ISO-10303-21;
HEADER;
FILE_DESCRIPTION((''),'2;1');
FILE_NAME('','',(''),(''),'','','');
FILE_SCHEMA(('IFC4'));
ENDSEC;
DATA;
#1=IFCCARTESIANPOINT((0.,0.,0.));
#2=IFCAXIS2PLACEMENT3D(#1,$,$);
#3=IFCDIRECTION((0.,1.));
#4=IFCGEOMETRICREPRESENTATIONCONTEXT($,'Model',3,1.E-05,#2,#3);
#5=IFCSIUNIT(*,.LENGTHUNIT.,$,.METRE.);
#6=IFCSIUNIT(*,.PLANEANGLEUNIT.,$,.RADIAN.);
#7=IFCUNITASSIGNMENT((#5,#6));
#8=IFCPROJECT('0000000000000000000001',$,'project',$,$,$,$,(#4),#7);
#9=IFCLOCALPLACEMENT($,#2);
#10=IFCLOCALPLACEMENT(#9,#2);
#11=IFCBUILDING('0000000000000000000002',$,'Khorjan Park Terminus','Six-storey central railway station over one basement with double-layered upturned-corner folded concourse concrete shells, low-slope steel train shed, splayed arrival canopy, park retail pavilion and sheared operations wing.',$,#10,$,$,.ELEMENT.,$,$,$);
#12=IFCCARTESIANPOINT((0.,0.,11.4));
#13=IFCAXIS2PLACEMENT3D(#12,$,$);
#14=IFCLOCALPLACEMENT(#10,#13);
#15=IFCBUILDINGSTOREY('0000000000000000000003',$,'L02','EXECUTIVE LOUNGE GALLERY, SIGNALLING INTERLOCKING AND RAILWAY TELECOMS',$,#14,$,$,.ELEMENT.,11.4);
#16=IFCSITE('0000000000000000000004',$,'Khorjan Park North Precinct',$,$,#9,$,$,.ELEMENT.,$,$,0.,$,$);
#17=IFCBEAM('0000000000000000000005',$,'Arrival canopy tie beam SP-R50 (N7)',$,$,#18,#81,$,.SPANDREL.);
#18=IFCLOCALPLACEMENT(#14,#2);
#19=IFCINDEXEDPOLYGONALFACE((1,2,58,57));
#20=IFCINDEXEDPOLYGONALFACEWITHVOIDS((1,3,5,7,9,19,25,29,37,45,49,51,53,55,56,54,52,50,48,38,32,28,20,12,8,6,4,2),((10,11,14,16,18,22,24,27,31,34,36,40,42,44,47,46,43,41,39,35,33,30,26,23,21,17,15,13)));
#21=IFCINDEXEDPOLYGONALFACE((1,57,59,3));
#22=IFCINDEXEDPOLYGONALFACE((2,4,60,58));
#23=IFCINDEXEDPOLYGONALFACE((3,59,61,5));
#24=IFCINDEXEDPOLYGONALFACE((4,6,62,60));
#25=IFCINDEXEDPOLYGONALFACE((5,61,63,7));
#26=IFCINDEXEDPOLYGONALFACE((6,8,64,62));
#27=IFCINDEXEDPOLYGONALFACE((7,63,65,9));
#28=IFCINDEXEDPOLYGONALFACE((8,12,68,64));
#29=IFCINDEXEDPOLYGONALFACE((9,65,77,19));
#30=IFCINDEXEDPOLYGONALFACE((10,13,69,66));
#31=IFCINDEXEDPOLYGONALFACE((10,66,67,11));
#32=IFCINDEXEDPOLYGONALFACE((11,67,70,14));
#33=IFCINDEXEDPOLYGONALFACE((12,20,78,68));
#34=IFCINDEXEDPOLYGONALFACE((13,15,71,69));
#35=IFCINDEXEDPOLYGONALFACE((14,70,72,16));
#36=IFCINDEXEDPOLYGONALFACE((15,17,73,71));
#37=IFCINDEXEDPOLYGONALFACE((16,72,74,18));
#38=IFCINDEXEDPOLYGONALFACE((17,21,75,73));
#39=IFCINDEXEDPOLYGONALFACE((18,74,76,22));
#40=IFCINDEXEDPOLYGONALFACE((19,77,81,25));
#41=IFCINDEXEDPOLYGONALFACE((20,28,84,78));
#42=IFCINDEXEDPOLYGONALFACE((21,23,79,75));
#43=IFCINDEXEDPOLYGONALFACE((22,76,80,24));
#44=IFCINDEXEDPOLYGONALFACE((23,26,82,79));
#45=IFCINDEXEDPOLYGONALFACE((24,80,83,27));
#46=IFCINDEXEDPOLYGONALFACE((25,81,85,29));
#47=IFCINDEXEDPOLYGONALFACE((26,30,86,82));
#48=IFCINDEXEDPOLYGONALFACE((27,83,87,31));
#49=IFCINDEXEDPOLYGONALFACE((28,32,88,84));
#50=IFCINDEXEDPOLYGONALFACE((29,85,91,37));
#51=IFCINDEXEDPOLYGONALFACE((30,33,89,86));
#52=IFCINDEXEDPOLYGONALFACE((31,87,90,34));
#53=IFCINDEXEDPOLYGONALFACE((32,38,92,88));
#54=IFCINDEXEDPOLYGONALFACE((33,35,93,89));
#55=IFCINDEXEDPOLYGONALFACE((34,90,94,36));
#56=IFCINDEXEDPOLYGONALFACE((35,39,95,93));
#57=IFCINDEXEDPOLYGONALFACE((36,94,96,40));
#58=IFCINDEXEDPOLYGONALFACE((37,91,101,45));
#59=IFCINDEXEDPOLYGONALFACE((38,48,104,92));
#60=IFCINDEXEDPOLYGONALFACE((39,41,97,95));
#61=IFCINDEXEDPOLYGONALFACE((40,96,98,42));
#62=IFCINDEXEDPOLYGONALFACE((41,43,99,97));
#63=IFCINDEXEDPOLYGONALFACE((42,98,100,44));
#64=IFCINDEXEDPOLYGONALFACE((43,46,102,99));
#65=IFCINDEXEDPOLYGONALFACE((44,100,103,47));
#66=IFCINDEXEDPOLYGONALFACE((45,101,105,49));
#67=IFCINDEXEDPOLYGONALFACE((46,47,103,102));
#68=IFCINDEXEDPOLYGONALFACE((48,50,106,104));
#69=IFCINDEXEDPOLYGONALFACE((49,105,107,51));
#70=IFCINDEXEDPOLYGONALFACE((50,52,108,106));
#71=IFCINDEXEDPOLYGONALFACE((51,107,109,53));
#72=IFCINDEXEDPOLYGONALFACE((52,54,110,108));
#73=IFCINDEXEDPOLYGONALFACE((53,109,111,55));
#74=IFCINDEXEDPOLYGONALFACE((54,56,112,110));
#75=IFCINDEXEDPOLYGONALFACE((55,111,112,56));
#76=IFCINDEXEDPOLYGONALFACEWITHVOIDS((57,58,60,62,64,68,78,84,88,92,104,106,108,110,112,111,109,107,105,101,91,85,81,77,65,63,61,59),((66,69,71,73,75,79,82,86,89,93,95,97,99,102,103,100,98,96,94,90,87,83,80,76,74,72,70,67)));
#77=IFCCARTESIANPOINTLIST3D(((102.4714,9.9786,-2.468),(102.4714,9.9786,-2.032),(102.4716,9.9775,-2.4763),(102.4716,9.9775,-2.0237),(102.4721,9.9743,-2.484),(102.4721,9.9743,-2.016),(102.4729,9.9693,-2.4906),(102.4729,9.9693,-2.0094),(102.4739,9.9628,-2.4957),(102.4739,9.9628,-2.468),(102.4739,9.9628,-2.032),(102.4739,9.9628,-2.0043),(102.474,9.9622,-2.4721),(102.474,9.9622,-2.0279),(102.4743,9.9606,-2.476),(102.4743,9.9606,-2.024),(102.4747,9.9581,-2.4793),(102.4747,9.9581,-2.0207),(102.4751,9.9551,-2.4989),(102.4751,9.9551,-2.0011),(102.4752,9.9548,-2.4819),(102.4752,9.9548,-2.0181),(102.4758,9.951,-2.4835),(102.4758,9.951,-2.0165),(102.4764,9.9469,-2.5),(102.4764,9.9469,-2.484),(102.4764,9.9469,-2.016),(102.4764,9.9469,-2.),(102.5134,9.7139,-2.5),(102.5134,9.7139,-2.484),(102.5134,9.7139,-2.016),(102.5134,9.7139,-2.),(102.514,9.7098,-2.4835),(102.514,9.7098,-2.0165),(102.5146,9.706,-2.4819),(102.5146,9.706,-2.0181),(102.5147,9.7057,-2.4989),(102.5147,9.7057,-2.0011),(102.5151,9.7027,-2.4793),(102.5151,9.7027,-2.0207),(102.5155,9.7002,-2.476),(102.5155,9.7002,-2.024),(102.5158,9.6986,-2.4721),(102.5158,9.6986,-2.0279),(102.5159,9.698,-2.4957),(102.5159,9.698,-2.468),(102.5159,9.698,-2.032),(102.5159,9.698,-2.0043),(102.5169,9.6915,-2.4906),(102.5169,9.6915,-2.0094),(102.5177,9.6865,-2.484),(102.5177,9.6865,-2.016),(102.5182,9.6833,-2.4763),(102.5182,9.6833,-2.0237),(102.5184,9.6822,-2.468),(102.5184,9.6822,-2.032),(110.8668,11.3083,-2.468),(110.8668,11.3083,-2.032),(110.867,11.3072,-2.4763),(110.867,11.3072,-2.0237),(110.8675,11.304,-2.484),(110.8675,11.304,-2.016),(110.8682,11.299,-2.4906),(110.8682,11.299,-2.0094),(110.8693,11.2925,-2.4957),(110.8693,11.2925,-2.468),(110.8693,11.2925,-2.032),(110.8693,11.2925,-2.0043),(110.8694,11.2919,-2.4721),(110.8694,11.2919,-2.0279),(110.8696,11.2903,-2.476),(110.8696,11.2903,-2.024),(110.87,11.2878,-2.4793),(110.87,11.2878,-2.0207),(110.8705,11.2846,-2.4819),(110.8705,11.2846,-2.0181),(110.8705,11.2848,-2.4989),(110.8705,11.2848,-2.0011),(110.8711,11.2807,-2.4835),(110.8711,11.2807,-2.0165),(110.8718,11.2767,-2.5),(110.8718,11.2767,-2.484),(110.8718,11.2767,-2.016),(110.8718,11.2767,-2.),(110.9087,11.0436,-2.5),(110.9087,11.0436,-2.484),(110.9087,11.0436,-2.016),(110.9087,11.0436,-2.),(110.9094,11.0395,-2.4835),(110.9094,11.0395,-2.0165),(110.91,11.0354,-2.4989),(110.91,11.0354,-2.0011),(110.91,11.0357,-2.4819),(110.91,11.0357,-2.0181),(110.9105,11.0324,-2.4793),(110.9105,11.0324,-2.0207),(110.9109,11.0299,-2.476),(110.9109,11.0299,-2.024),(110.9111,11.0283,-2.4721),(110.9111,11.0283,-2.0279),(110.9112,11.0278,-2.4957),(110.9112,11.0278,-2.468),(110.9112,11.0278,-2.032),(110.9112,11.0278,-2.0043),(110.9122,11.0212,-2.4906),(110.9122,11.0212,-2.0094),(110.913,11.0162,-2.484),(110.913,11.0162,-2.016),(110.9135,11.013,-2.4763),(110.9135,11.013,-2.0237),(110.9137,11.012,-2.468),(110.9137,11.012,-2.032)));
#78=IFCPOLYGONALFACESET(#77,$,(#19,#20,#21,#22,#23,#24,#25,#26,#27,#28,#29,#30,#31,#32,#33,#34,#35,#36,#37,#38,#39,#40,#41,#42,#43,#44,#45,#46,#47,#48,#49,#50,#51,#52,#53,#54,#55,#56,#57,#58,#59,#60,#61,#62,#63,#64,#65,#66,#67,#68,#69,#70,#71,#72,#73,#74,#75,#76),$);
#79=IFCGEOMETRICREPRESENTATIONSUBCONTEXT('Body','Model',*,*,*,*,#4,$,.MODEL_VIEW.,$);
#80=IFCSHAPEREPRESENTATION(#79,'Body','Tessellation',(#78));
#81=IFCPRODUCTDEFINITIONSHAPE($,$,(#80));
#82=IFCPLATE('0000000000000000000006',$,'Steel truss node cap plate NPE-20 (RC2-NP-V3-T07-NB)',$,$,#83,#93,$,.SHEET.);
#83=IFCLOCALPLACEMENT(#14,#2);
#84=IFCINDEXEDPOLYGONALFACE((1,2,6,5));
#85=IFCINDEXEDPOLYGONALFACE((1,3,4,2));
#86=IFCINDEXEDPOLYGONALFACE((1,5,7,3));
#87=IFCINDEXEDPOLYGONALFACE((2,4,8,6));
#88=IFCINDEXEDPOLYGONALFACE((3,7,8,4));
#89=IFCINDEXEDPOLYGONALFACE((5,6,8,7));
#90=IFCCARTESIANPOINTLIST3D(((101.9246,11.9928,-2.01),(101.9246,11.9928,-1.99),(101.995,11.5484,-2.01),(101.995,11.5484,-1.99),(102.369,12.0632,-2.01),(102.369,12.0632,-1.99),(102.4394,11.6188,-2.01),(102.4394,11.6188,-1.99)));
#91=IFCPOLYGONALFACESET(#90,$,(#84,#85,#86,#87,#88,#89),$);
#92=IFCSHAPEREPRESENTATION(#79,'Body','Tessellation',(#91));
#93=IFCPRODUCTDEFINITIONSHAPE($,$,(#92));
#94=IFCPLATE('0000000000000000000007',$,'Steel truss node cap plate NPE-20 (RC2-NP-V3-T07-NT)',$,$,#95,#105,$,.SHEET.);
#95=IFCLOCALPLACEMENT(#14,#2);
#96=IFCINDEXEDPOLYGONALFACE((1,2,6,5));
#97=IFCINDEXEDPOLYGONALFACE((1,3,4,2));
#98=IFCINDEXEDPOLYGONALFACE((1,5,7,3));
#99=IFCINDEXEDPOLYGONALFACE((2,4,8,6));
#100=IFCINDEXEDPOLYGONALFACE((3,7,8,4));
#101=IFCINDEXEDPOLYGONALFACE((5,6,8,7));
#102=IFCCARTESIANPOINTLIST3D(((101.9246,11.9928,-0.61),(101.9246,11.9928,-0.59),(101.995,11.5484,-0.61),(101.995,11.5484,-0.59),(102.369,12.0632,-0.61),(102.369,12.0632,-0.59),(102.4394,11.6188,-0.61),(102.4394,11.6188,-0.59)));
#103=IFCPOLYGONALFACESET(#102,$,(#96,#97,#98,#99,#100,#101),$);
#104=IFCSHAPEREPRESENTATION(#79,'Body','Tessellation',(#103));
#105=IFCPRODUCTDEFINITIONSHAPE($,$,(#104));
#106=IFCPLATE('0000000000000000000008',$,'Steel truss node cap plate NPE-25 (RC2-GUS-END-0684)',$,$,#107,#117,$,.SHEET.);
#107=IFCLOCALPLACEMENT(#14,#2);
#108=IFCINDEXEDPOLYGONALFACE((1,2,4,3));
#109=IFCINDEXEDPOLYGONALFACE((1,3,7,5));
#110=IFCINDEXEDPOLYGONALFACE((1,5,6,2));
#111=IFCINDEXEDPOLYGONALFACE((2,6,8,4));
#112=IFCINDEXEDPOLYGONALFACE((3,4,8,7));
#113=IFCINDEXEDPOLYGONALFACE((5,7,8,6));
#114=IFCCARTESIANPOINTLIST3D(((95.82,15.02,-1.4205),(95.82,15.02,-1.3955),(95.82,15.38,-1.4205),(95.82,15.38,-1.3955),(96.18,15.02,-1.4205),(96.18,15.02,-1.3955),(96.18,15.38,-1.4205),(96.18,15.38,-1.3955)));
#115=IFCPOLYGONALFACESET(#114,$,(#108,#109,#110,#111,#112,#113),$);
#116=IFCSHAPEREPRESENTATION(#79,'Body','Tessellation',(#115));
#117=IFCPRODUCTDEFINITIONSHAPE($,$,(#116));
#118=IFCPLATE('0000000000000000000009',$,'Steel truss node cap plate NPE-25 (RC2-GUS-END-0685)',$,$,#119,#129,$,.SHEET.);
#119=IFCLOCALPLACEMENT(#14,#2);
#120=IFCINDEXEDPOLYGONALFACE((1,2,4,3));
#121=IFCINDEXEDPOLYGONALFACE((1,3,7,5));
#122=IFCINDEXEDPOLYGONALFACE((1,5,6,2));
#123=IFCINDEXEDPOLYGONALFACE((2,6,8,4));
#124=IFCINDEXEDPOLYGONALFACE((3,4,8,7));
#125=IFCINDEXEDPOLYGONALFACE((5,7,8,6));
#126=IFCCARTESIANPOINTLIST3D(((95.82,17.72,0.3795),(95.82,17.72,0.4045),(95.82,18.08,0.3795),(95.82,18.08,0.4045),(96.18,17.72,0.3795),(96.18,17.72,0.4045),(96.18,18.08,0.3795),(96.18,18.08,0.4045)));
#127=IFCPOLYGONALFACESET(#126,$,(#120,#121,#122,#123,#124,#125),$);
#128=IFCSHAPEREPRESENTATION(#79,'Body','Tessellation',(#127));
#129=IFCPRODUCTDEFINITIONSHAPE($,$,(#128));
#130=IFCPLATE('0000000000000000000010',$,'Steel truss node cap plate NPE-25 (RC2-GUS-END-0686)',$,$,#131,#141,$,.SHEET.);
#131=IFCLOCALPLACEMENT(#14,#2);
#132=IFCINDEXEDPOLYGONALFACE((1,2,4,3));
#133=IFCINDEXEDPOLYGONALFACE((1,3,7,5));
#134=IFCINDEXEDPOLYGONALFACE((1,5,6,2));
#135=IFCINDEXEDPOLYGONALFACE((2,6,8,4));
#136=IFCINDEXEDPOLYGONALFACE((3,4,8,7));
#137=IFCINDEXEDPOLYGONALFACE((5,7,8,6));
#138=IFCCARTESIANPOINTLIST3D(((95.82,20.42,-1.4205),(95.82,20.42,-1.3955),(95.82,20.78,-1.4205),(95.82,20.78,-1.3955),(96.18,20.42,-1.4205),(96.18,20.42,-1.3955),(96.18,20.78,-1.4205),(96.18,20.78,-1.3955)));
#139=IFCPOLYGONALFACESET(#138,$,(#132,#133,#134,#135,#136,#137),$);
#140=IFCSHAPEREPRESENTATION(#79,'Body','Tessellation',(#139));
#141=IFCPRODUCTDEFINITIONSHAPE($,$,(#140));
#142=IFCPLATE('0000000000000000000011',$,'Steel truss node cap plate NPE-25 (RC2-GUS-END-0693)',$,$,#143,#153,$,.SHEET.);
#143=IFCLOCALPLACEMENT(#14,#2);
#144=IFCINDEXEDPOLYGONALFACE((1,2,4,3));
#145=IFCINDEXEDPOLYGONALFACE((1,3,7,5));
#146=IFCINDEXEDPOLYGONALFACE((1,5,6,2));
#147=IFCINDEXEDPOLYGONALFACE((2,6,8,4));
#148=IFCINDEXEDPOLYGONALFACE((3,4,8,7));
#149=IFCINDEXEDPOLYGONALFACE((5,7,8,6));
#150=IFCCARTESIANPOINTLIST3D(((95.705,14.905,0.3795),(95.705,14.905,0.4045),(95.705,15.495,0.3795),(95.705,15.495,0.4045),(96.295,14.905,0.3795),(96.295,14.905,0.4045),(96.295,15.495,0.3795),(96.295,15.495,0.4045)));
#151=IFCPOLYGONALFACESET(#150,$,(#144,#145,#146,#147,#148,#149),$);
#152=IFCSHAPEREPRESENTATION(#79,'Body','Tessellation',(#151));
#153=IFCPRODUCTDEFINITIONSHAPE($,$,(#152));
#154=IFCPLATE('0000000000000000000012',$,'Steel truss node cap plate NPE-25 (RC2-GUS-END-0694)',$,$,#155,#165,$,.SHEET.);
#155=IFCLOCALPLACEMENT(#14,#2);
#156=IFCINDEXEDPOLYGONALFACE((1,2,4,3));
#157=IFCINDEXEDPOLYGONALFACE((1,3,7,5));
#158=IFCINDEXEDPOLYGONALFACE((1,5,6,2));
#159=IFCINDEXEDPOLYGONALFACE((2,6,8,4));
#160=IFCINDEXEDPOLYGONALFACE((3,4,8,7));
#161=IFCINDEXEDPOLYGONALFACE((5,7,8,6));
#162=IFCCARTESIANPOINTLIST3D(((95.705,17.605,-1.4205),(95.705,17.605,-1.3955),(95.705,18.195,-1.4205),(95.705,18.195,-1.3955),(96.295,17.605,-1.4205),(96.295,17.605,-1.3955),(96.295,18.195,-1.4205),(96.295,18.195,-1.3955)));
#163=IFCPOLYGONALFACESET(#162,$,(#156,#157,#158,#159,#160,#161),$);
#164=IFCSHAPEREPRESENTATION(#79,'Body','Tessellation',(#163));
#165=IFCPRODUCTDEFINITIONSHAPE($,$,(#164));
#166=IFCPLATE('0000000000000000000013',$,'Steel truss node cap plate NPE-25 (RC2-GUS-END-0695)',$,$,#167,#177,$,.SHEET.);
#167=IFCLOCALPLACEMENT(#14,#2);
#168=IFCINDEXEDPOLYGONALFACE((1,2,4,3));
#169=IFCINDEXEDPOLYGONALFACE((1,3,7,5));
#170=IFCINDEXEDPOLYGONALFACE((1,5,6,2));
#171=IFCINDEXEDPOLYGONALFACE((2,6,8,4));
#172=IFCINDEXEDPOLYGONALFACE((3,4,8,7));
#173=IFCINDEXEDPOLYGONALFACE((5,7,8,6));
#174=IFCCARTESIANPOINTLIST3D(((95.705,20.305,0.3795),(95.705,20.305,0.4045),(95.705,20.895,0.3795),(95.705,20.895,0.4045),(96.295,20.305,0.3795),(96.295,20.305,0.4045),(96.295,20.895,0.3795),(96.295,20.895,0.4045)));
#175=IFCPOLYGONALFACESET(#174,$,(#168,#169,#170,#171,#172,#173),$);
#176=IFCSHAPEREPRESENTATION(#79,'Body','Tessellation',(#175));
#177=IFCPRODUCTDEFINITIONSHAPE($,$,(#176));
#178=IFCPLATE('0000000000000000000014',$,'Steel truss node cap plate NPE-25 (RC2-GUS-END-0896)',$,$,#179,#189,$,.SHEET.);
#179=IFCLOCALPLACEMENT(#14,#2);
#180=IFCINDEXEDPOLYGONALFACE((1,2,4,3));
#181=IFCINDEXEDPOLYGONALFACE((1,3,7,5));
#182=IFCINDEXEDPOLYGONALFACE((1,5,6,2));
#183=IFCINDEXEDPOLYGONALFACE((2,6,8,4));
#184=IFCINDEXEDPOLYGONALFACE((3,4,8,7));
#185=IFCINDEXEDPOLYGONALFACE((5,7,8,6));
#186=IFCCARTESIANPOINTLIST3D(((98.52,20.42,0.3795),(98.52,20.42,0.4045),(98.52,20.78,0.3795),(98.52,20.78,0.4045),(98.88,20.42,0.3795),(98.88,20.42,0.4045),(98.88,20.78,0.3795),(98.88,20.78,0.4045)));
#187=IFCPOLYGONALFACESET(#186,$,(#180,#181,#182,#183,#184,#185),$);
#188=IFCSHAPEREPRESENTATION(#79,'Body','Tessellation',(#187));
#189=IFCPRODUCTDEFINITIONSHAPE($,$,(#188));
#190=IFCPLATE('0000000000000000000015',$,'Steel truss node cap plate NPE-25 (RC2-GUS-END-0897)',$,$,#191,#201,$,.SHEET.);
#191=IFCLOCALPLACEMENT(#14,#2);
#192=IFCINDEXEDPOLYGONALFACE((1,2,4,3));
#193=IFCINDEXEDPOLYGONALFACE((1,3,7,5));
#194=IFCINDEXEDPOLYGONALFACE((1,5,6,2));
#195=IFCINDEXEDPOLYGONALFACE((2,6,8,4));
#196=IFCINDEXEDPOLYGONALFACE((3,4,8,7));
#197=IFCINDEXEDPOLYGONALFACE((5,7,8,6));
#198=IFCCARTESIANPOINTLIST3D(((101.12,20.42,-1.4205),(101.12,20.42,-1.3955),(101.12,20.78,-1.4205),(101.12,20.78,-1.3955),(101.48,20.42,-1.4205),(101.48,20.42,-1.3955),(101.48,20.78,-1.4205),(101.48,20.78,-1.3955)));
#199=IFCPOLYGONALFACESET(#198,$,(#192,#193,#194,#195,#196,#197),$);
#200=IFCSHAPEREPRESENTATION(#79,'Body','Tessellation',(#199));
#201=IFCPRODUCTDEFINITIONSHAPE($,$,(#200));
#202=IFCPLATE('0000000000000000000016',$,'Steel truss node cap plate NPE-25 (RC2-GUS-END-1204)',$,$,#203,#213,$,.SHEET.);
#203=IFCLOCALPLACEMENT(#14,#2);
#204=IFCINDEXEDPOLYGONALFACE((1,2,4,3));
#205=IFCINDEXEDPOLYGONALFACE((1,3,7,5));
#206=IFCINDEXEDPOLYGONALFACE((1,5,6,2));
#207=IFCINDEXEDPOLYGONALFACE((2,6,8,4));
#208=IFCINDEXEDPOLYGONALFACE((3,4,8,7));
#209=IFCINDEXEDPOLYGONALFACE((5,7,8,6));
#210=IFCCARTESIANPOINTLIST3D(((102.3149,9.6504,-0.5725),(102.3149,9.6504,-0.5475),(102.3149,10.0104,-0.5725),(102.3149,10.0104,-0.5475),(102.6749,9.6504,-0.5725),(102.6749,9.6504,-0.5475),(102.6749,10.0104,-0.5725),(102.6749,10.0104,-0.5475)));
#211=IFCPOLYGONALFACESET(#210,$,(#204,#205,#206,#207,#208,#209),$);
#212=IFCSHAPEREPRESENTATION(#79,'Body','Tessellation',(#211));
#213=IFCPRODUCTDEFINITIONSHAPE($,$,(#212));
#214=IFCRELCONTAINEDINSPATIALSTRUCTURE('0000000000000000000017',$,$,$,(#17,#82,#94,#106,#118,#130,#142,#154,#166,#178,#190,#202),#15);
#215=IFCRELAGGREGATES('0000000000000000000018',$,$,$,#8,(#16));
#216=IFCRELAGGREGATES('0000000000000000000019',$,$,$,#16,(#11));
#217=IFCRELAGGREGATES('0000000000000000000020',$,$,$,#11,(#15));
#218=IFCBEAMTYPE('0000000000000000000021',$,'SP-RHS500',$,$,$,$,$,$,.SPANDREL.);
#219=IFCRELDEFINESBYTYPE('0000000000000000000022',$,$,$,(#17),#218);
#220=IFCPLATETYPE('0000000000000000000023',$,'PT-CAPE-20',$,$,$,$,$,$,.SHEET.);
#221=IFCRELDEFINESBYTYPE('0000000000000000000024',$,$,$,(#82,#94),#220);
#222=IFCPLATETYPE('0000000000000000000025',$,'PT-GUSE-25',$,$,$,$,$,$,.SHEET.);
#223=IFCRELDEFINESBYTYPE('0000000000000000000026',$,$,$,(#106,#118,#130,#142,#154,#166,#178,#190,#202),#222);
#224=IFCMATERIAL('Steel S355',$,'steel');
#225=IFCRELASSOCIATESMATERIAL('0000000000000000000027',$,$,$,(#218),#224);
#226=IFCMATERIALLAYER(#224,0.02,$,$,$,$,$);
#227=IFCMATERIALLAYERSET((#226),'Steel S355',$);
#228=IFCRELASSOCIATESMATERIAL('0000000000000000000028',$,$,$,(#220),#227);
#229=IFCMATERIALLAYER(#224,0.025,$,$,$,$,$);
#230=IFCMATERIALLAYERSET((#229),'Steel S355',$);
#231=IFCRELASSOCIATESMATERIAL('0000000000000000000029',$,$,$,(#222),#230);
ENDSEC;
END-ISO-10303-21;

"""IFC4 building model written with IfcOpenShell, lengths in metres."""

from ifc_helpers import new_model, si_unit, direction, frame, origin, origin_2d, place, context, subcontext, project, spatial, rectangle, hollow_rectangle, extrude, material, layer, layer_set, material_profile, profile_set, type_object, element, save


model = new_model("IFC4")

# Units and contexts
model_context = context("Model", 3, precision=1e-05, world=origin(), true_north=direction((0.0, 1.0)))
body_context = subcontext(model_context, "Body", "Model", "MODEL_VIEW")
ifc_project = project(units=[si_unit("LENGTHUNIT", "METRE"), si_unit("PLANEANGLEUNIT", "RADIAN")], contexts=[model_context])

# Site, building, storey
site_placement = place(None, origin())
site = spatial("IfcSite", under=ifc_project, at=site_placement, Name="Khorjan Park North Precinct", CompositionType="ELEMENT", RefElevation=0.0)
building_placement = place(site_placement, origin())
building = spatial("IfcBuilding", under=site, at=building_placement, Name="Khorjan Park Terminus", Description="Six-storey central railway station over one basement with double-layered upturned-corner folded concourse concrete shells, low-slope steel train shed, splayed arrival canopy, park retail pavilion and sheared operations wing.", CompositionType="ELEMENT")
storey_placement = place(building_placement, frame((0.0, 0.0, 11.4)))
storey = spatial("IfcBuildingStorey", under=building, at=storey_placement, Name="L02", Description="EXECUTIVE LOUNGE GALLERY, SIGNALLING INTERLOCKING AND RAILWAY TELECOMS", CompositionType="ELEMENT", Elevation=11.4)

# Shared definitions
ifc_material_1 = material(Name="Steel S355", Category="steel")

# Beam
ifc_material_profile_1 = material_profile(ifc_material_1, hollow_rectangle(XDim=0.3, YDim=0.5, WallThickness=0.016, InnerFilletRadius=0.016, OuterFilletRadius=0.032, at=origin_2d()), Name="RHS 500x300x16")
ifc_profile_set_1 = profile_set([ifc_material_profile_1], Name="Steel S355")
beam_type_1 = type_object("IfcBeamType", Name="SP-RHS500", PredefinedType="SPANDREL", material=ifc_profile_set_1)
beam_1_placement = place(storey_placement, frame((102.4949, 9.8304, -2.25), z_axis=(0.987688, 0.156436, 0.0), x_axis=(-0.156436, 0.987688, 0.0)))
element("IfcBeam", 1, at=beam_1_placement, inside=storey, type_object=beam_type_1, Name="Arrival canopy tie beam SP-R50 (N7)", PredefinedType="SPANDREL", context=body_context, shape_type="SweptSolid", body=[
    extrude(hollow_rectangle(XDim=0.3, YDim=0.5, WallThickness=0.016, InnerFilletRadius=0.016, OuterFilletRadius=0.032, at=origin_2d()), origin(), (0.0, 0.0, 1.0), 8.5),
])

# Plates
ifc_layer_1 = layer(ifc_material_1, 0.02)
ifc_layer_set_1 = layer_set([ifc_layer_1], Name="Steel S355")
plate_type_1 = type_object("IfcPlateType", Name="PT-CAPE-20", PredefinedType="SHEET", material=ifc_layer_set_1)
for number, where, z_axis, x_axis, name in (
    (2, (102.182, 11.8058, -2.01), (0.0, 0.0, 1.0), (0.987688, 0.156434, 0.0), "Steel truss node cap plate NPE-20 (RC2-NP-V3-T07-NB)"),
    (3, (102.182, 11.8058, -0.61), (0.0, 0.0, 1.0), (0.987688, 0.156434, 0.0), "Steel truss node cap plate NPE-20 (RC2-NP-V3-T07-NT)"),
):
    element("IfcPlate", number, at=place(storey_placement, frame(where, z_axis=z_axis, x_axis=x_axis)), inside=storey, type_object=plate_type_1, Name=name, PredefinedType="SHEET", context=body_context, shape_type="SweptSolid", body=[
        extrude(rectangle(XDim=0.45, YDim=0.45, at=origin_2d()), origin(), (0.0, 0.0, 1.0), 0.02),
    ])
ifc_layer_2 = layer(ifc_material_1, 0.025)
ifc_layer_set_2 = layer_set([ifc_layer_2], Name="Steel S355")
plate_type_2 = type_object("IfcPlateType", Name="PT-GUSE-25", PredefinedType="SHEET", material=ifc_layer_set_2)
for number, where, z_axis, x_axis, name in (
    (4, (96.0, 15.2, -1.4205), (0.0, 0.0, 1.0), (1.0, 0.0, 0.0), "Steel truss node cap plate NPE-25 (RC2-GUS-END-0684)"),
    (5, (96.0, 17.9, 0.3795), (0.0, 0.0, 1.0), (1.0, 0.0, 0.0), "Steel truss node cap plate NPE-25 (RC2-GUS-END-0685)"),
    (6, (96.0, 20.6, -1.4205), (0.0, 0.0, 1.0), (1.0, 0.0, 0.0), "Steel truss node cap plate NPE-25 (RC2-GUS-END-0686)"),
):
    element("IfcPlate", number, at=place(storey_placement, frame(where, z_axis=z_axis, x_axis=x_axis)), inside=storey, type_object=plate_type_2, Name=name, PredefinedType="SHEET", context=body_context, shape_type="SweptSolid", body=[
        extrude(rectangle(XDim=0.36, YDim=0.36, at=origin_2d()), origin(), (0.0, 0.0, 1.0), 0.025),
    ])
for number, where, z_axis, x_axis, name in (
    (7, (96.0, 15.2, 0.3795), (0.0, 0.0, 1.0), (1.0, 0.0, 0.0), "Steel truss node cap plate NPE-25 (RC2-GUS-END-0693)"),
    (8, (96.0, 17.9, -1.4205), (0.0, 0.0, 1.0), (1.0, 0.0, 0.0), "Steel truss node cap plate NPE-25 (RC2-GUS-END-0694)"),
    (9, (96.0, 20.6, 0.3795), (0.0, 0.0, 1.0), (1.0, 0.0, 0.0), "Steel truss node cap plate NPE-25 (RC2-GUS-END-0695)"),
):
    element("IfcPlate", number, at=place(storey_placement, frame(where, z_axis=z_axis, x_axis=x_axis)), inside=storey, type_object=plate_type_2, Name=name, PredefinedType="SHEET", context=body_context, shape_type="SweptSolid", body=[
        extrude(rectangle(XDim=0.59, YDim=0.59, at=origin_2d()), origin(), (0.0, 0.0, 1.0), 0.025),
    ])
for number, where, z_axis, x_axis, name in (
    (10, (98.7, 20.6, 0.3795), (0.0, 0.0, 1.0), (1.0, 0.0, 0.0), "Steel truss node cap plate NPE-25 (RC2-GUS-END-0896)"),
    (11, (101.3, 20.6, -1.4205), (0.0, 0.0, 1.0), (1.0, 0.0, 0.0), "Steel truss node cap plate NPE-25 (RC2-GUS-END-0897)"),
    (12, (102.4949, 9.8304, -0.5725), (0.0, 0.0, 1.0), (1.0, 0.0, 0.0), "Steel truss node cap plate NPE-25 (RC2-GUS-END-1204)"),
):
    element("IfcPlate", number, at=place(storey_placement, frame(where, z_axis=z_axis, x_axis=x_axis)), inside=storey, type_object=plate_type_2, Name=name, PredefinedType="SHEET", context=body_context, shape_type="SweptSolid", body=[
        extrude(rectangle(XDim=0.36, YDim=0.36, at=origin_2d()), origin(), (0.0, 0.0, 1.0), 0.025),
    ])

save(model, "model.ifc")
